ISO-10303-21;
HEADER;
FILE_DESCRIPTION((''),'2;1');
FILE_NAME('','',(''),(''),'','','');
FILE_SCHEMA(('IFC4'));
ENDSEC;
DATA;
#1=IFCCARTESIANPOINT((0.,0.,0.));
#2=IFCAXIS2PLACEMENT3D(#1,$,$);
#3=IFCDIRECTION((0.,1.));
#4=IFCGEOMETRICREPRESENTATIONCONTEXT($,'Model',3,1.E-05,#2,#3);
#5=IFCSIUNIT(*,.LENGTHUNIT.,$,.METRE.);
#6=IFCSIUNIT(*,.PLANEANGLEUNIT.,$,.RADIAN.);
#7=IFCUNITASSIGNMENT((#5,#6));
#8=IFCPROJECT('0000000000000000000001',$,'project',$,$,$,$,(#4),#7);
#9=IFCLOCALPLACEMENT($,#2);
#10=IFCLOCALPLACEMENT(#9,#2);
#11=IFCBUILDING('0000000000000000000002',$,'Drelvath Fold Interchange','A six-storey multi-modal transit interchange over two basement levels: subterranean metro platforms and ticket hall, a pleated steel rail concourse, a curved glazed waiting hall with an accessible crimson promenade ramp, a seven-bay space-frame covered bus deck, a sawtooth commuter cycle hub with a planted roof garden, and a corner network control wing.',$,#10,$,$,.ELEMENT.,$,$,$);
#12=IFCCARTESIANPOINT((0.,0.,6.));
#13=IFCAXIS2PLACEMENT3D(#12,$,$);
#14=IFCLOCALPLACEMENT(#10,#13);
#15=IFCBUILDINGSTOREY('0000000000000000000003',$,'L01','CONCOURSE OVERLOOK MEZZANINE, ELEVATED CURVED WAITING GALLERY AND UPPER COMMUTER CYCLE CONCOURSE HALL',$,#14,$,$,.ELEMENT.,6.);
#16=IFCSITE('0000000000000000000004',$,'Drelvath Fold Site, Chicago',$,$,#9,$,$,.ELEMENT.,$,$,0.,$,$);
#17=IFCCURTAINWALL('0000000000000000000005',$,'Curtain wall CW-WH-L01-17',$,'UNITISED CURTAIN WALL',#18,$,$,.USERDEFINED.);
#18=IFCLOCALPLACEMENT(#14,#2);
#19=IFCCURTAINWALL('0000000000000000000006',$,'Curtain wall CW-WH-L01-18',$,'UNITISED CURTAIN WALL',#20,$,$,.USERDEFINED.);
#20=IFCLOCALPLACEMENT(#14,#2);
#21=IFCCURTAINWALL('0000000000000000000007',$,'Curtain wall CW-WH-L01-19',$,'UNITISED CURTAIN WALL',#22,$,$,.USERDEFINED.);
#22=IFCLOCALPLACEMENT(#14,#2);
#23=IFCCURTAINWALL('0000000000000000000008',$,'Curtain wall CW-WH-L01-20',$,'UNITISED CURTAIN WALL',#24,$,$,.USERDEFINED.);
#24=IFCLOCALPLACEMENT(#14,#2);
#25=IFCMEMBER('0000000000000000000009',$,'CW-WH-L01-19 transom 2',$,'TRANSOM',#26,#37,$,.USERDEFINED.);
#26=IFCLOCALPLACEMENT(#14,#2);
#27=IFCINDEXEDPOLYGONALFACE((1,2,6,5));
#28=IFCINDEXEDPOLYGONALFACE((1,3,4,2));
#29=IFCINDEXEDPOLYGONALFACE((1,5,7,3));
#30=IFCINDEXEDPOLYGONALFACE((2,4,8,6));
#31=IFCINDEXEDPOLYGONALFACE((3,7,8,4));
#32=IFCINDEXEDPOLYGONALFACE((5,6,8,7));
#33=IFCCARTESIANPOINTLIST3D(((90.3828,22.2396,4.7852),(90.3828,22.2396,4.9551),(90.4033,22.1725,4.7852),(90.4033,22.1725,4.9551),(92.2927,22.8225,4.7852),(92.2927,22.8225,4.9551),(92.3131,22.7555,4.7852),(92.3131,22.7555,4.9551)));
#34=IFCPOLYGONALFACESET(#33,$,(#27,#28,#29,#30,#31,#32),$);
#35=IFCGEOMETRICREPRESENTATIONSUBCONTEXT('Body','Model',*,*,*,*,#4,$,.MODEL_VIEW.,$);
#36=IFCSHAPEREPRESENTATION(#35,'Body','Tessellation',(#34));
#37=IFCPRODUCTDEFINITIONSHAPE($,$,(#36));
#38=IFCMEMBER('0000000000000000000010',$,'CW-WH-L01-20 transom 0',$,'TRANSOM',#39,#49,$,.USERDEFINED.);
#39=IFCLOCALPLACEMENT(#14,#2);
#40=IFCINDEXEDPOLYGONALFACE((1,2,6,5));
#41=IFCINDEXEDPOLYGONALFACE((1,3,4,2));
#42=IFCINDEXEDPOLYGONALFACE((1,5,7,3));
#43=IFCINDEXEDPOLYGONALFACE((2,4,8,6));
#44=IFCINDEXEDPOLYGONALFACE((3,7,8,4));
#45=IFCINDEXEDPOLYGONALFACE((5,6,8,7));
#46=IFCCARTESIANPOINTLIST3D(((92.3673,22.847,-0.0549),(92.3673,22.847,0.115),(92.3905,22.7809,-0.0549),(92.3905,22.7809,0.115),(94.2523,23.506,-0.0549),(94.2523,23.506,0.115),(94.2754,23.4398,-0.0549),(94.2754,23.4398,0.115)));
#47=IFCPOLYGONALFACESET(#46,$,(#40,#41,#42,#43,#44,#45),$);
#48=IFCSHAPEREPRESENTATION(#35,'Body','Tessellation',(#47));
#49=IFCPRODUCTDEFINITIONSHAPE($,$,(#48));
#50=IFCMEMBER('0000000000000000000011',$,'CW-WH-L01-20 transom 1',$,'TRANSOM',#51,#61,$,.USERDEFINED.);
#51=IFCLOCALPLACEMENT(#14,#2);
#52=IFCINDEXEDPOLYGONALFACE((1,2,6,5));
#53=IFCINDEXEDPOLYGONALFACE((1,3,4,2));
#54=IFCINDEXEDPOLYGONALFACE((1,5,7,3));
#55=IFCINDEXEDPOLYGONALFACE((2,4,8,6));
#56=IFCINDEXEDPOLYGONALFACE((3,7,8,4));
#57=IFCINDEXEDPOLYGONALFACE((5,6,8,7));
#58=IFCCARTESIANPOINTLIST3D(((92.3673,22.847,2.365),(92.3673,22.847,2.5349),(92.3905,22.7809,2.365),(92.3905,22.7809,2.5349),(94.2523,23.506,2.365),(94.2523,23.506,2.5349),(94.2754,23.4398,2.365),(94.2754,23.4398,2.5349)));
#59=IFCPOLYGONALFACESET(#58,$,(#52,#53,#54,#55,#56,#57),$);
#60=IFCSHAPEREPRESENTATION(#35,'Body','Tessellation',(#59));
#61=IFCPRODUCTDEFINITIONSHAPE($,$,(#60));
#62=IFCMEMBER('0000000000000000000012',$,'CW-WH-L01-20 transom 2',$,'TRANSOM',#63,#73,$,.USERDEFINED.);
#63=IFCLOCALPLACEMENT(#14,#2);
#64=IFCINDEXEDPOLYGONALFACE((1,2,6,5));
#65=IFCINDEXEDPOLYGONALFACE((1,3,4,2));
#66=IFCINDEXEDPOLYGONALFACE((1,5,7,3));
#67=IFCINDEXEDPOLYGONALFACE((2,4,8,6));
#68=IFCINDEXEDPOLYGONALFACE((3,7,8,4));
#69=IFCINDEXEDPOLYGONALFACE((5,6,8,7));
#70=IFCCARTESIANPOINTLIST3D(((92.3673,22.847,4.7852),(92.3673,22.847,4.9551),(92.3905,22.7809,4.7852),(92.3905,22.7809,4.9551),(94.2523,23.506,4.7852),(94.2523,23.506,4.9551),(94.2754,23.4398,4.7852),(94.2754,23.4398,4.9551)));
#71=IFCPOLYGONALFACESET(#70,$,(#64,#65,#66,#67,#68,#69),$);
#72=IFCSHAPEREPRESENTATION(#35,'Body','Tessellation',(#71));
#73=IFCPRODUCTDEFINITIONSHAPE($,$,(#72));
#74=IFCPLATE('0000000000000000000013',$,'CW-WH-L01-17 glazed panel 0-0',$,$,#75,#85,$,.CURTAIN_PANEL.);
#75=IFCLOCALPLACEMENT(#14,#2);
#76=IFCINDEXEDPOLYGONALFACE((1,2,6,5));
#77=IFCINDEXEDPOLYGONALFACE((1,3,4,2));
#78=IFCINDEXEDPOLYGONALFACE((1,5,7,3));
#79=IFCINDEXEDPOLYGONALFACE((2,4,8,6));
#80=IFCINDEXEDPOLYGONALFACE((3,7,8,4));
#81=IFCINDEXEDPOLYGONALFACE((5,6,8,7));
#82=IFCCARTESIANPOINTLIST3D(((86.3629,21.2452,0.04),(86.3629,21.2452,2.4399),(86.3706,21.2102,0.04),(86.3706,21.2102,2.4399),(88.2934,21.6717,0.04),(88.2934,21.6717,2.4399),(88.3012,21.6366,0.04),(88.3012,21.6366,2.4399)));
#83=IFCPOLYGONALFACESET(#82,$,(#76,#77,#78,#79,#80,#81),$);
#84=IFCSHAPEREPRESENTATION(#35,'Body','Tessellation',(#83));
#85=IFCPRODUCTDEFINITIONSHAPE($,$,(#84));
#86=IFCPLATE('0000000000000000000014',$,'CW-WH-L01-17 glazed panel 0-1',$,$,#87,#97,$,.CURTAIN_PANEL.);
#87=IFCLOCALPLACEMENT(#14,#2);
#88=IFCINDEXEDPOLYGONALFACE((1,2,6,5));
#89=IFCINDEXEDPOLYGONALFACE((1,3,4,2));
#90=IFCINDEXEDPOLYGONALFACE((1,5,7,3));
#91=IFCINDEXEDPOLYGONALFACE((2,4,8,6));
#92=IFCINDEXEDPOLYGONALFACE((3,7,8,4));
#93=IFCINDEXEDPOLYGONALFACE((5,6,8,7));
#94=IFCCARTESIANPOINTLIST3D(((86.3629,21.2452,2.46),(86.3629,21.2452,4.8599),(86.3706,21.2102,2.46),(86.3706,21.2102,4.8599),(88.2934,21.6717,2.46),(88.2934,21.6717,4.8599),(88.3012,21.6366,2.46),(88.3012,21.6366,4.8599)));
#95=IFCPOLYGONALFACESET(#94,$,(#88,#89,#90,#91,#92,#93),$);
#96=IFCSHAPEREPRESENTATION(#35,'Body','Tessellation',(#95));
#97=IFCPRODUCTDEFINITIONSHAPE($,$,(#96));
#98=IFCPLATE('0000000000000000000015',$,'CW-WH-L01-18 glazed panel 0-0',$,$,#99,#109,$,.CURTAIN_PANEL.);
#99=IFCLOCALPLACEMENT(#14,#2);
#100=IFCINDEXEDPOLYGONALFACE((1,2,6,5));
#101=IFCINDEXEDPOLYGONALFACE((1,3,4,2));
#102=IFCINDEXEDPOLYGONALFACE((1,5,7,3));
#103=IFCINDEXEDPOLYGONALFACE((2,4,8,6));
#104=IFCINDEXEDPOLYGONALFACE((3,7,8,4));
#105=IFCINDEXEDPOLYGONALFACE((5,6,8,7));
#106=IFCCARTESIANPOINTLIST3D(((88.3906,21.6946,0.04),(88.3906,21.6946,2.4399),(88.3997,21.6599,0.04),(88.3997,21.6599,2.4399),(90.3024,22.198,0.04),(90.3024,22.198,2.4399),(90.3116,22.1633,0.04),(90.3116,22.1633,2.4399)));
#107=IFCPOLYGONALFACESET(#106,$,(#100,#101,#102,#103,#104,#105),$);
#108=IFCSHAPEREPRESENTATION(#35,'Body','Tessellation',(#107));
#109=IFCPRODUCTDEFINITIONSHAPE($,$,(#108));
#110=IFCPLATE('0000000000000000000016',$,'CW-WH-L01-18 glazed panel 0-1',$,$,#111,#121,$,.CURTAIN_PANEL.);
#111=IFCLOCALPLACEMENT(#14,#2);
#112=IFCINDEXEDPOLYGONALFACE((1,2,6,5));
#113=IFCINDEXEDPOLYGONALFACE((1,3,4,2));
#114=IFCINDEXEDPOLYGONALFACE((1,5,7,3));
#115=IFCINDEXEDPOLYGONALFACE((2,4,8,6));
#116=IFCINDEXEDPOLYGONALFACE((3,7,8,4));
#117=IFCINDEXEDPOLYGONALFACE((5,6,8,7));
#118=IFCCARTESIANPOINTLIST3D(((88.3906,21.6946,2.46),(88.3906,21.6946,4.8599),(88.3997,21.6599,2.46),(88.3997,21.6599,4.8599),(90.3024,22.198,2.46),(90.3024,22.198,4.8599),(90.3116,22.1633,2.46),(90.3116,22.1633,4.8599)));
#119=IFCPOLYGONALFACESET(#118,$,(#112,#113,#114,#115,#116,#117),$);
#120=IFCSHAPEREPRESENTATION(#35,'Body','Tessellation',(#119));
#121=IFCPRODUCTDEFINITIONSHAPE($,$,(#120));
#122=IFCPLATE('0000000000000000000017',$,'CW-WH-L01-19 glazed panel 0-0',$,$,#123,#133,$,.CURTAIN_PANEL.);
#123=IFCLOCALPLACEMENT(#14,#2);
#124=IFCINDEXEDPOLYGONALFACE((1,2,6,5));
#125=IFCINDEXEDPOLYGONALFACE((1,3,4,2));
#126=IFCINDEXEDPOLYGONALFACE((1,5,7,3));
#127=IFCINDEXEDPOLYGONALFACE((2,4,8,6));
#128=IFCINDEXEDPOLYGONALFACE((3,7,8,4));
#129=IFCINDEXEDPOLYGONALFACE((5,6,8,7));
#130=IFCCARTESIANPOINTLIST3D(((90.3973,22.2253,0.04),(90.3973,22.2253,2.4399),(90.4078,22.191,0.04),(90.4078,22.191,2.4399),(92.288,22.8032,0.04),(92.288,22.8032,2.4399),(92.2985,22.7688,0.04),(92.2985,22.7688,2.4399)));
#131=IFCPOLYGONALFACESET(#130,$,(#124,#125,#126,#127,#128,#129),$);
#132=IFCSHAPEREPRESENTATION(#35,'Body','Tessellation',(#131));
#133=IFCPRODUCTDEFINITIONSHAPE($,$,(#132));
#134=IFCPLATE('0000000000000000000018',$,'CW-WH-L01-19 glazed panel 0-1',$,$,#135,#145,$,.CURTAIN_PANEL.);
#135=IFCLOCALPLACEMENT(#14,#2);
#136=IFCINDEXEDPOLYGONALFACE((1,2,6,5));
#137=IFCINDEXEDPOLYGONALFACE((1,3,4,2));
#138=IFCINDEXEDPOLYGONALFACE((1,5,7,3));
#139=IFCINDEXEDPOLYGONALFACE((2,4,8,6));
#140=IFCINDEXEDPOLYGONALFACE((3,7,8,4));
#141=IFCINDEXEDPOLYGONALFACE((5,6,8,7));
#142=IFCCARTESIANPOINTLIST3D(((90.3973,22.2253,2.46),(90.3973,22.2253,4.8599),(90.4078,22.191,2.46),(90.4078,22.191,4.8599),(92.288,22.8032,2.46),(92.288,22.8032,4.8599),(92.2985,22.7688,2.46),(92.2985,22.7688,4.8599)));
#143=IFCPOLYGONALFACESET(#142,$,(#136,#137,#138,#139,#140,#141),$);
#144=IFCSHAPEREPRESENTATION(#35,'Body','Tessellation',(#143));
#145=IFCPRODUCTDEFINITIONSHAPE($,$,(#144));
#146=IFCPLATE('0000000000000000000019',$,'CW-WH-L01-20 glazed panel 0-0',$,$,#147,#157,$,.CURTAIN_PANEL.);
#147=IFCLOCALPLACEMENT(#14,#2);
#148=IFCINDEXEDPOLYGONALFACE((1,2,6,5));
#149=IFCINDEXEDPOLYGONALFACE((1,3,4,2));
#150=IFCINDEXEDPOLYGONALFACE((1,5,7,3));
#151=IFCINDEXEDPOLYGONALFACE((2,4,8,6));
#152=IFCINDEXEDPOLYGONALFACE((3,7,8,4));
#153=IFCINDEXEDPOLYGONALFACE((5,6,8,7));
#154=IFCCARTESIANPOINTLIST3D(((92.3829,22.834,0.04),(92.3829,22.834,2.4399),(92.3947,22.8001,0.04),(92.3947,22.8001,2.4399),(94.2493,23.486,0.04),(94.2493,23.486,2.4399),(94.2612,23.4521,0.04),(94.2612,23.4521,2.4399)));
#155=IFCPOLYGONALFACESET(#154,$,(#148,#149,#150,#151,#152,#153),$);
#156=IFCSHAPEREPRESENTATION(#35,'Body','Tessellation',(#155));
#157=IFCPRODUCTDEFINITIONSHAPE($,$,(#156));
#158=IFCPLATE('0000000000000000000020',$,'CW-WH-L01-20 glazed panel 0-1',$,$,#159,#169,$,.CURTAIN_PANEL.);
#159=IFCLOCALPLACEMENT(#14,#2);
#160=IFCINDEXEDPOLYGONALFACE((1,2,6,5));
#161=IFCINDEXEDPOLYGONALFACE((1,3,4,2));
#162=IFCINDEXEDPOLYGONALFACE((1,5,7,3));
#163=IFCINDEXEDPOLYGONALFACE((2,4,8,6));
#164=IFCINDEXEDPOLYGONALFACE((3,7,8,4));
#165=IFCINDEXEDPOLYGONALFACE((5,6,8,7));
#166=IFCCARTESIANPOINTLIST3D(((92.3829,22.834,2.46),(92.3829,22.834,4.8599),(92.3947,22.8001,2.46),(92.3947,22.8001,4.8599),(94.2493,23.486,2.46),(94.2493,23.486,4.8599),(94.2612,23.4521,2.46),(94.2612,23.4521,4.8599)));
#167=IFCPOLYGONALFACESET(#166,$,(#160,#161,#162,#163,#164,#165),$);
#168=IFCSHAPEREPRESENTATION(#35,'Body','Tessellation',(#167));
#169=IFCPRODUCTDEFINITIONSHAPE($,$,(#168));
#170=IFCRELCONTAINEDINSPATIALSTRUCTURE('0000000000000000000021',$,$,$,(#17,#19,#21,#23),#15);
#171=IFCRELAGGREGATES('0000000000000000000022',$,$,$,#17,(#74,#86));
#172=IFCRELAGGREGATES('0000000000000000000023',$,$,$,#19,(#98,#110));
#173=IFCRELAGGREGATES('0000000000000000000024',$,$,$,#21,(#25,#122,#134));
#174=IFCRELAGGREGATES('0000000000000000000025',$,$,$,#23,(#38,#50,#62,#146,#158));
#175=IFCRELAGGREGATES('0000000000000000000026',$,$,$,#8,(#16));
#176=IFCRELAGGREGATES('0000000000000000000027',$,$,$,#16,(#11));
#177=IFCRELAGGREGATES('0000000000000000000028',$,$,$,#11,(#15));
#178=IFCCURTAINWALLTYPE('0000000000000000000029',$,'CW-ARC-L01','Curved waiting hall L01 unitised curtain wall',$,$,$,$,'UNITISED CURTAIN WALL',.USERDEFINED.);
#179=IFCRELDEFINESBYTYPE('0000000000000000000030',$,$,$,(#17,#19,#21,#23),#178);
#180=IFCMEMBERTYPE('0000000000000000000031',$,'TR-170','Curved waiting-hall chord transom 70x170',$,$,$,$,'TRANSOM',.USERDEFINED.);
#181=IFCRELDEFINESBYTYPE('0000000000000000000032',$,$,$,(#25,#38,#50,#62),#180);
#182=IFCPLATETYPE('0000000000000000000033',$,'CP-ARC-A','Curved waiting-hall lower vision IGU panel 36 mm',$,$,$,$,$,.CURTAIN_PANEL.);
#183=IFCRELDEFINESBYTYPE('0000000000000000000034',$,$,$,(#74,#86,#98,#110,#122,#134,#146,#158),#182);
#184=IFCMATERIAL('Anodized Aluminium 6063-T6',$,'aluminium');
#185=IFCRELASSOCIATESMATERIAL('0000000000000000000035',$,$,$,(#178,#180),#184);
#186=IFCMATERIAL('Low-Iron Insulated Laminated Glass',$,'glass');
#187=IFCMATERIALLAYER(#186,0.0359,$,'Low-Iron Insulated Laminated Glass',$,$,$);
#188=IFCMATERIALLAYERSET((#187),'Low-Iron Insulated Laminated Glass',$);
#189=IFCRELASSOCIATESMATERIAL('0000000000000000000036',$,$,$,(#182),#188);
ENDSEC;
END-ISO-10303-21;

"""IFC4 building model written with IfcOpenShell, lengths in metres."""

from ifc_helpers import new_model, si_unit, direction, frame, origin, origin_2d, place, context, subcontext, project, spatial, rectangle, extrude, material, layer, layer_set, material_profile, profile_set, type_object, element, aggregate, save


model = new_model("IFC4")

# Units and contexts
model_context = context("Model", 3, precision=1e-05, world=origin(), true_north=direction((0.0, 1.0)))
body_context = subcontext(model_context, "Body", "Model", "MODEL_VIEW")
ifc_project = project(units=[si_unit("LENGTHUNIT", "METRE"), si_unit("PLANEANGLEUNIT", "RADIAN")], contexts=[model_context])

# Site, building, storey
site_placement = place(None, origin())
site = spatial("IfcSite", under=ifc_project, at=site_placement, Name="Drelvath Fold Site, Chicago", CompositionType="ELEMENT", RefElevation=0.0)
building_placement = place(site_placement, origin())
building = spatial("IfcBuilding", under=site, at=building_placement, Name="Drelvath Fold Interchange", Description="A six-storey multi-modal transit interchange over two basement levels: subterranean metro platforms and ticket hall, a pleated steel rail concourse, a curved glazed waiting hall with an accessible crimson promenade ramp, a seven-bay space-frame covered bus deck, a sawtooth commuter cycle hub with a planted roof garden, and a corner network control wing.", CompositionType="ELEMENT")
storey_placement = place(building_placement, frame((0.0, 0.0, 6.0)))
storey = spatial("IfcBuildingStorey", under=building, at=storey_placement, Name="L01", Description="CONCOURSE OVERLOOK MEZZANINE, ELEVATED CURVED WAITING GALLERY AND UPPER COMMUTER CYCLE CONCOURSE HALL", CompositionType="ELEMENT", Elevation=6.0)

# Curtain wall
ifc_material_1 = material(Name="Anodized Aluminium 6063-T6", Category="aluminium")
curtain_wall_type = type_object("IfcCurtainWallType", Name="CW-ARC-L01", Description="Curved waiting hall L01 unitised curtain wall", ElementType="UNITISED CURTAIN WALL", PredefinedType="USERDEFINED", material=ifc_material_1)
curtain_wall_1_placement = place(storey_placement, origin())
curtain_wall_1 = element("IfcCurtainWall", 1, at=curtain_wall_1_placement, inside=storey, type_object=curtain_wall_type, Name="Curtain wall CW-WH-L01-17", ObjectType="UNITISED CURTAIN WALL", PredefinedType="USERDEFINED")

# Curtain walls
curtain_wall_2_placement = place(storey_placement, origin())
curtain_wall_2 = element("IfcCurtainWall", 2, at=curtain_wall_2_placement, inside=storey, type_object=curtain_wall_type, Name="Curtain wall CW-WH-L01-18", ObjectType="UNITISED CURTAIN WALL", PredefinedType="USERDEFINED")
curtain_wall_3_placement = place(storey_placement, origin())
curtain_wall_3 = element("IfcCurtainWall", 3, at=curtain_wall_3_placement, inside=storey, type_object=curtain_wall_type, Name="Curtain wall CW-WH-L01-19", ObjectType="UNITISED CURTAIN WALL", PredefinedType="USERDEFINED")
curtain_wall_4_placement = place(storey_placement, origin())
curtain_wall_4 = element("IfcCurtainWall", 4, at=curtain_wall_4_placement, inside=storey, type_object=curtain_wall_type, Name="Curtain wall CW-WH-L01-20", ObjectType="UNITISED CURTAIN WALL", PredefinedType="USERDEFINED")

# Members
ifc_material_profile_1 = material_profile(ifc_material_1, rectangle(XDim=0.0701, YDim=0.1699, at=origin_2d()), Name="AL-T 70x170")
ifc_profile_set_1 = profile_set([ifc_material_profile_1], Name="Anodized Aluminium 6063-T6")
member_type_1 = type_object("IfcMemberType", Name="TR-170", Description="Curved waiting-hall chord transom 70x170", ElementType="TRANSOM", PredefinedType="USERDEFINED", material=ifc_profile_set_1)
member_1_placement = place(storey_placement, frame((90.3931, 22.2061, 4.8701), z_axis=(0.956432, 0.291955, 0.0), x_axis=(-0.291955, 0.956432, 0.0)))
member_1 = element("IfcMember", 5, at=member_1_placement, type_object=member_type_1, Name="CW-WH-L01-19 transom 2", ObjectType="TRANSOM", PredefinedType="USERDEFINED", context=body_context, shape_type="SweptSolid", body=[
    extrude(rectangle(XDim=0.0701, YDim=0.1699, at=origin_2d()), origin(), (0.0, 0.0, 1.0), 1.9968),
])
member_2_placement = place(storey_placement, frame((92.3789, 22.814, 0.03), z_axis=(0.943986, 0.329986, 0.0), x_axis=(-0.329986, 0.943986, 0.0)))
member_2 = element("IfcMember", 6, at=member_2_placement, type_object=member_type_1, Name="CW-WH-L01-20 transom 0", ObjectType="TRANSOM", PredefinedType="USERDEFINED", context=body_context, shape_type="SweptSolid", body=[
    extrude(rectangle(XDim=0.0701, YDim=0.1699, at=origin_2d()), origin(), (0.0, 0.0, 1.0), 1.9968),
])
member_3_placement = place(storey_placement, frame((92.3789, 22.814, 2.45), z_axis=(0.943986, 0.329986, 0.0), x_axis=(-0.329986, 0.943986, 0.0)))
member_3 = element("IfcMember", 7, at=member_3_placement, type_object=member_type_1, Name="CW-WH-L01-20 transom 1", ObjectType="TRANSOM", PredefinedType="USERDEFINED", context=body_context, shape_type="SweptSolid", body=[
    extrude(rectangle(XDim=0.0701, YDim=0.1699, at=origin_2d()), origin(), (0.0, 0.0, 1.0), 1.9968),
])
member_4_placement = place(storey_placement, frame((92.3789, 22.814, 4.8701), z_axis=(0.943986, 0.329986, 0.0), x_axis=(-0.329986, 0.943986, 0.0)))
member_4 = element("IfcMember", 8, at=member_4_placement, type_object=member_type_1, Name="CW-WH-L01-20 transom 2", ObjectType="TRANSOM", PredefinedType="USERDEFINED", context=body_context, shape_type="SweptSolid", body=[
    extrude(rectangle(XDim=0.0701, YDim=0.1699, at=origin_2d()), origin(), (0.0, 0.0, 1.0), 1.9968),
])

# Plates
ifc_material_2 = material(Name="Low-Iron Insulated Laminated Glass", Category="glass")
ifc_layer = layer(ifc_material_2, 0.0359, Name="Low-Iron Insulated Laminated Glass")
ifc_layer_set = layer_set([ifc_layer], Name="Low-Iron Insulated Laminated Glass")
plate_type = type_object("IfcPlateType", Name="CP-ARC-A", Description="Curved waiting-hall lower vision IGU panel 36 mm", PredefinedType="CURTAIN_PANEL", material=ifc_layer_set)
plate_1_placement = place(storey_placement, frame((87.332, 21.4409, 0.04), z_axis=(0.0, 0.0, 1.0), x_axis=(0.976458, 0.215707, 0.0)))
plate_1 = element("IfcPlate", 9, at=plate_1_placement, type_object=plate_type, Name="CW-WH-L01-17 glazed panel 0-0", PredefinedType="CURTAIN_PANEL", context=body_context, shape_type="SweptSolid", body=[
    extrude(rectangle(XDim=1.9771, YDim=0.0359, at=origin_2d()), origin(), (0.0, 0.0, 1.0), 2.3999),
])
plate_2_placement = place(storey_placement, frame((87.332, 21.4409, 2.46), z_axis=(0.0, 0.0, 1.0), x_axis=(0.976458, 0.215707, 0.0)))
plate_2 = element("IfcPlate", 10, at=plate_2_placement, type_object=plate_type, Name="CW-WH-L01-17 glazed panel 0-1", PredefinedType="CURTAIN_PANEL", context=body_context, shape_type="SweptSolid", body=[
    extrude(rectangle(XDim=1.9771, YDim=0.0359, at=origin_2d()), origin(), (0.0, 0.0, 1.0), 2.3999),
])
aggregate(curtain_wall_1, [plate_1, plate_2])
plate_3_placement = place(storey_placement, frame((89.3511, 21.929, 0.04), z_axis=(0.0, 0.0, 1.0), x_axis=(0.967037, 0.254636, 0.0)))
plate_3 = element("IfcPlate", 11, at=plate_3_placement, type_object=plate_type, Name="CW-WH-L01-18 glazed panel 0-0", PredefinedType="CURTAIN_PANEL", context=body_context, shape_type="SweptSolid", body=[
    extrude(rectangle(XDim=1.9771, YDim=0.0359, at=origin_2d()), origin(), (0.0, 0.0, 1.0), 2.3999),
])
plate_4_placement = place(storey_placement, frame((89.3511, 21.929, 2.46), z_axis=(0.0, 0.0, 1.0), x_axis=(0.967037, 0.254636, 0.0)))
plate_4 = element("IfcPlate", 12, at=plate_4_placement, type_object=plate_type, Name="CW-WH-L01-18 glazed panel 0-1", PredefinedType="CURTAIN_PANEL", context=body_context, shape_type="SweptSolid", body=[
    extrude(rectangle(XDim=1.9771, YDim=0.0359, at=origin_2d()), origin(), (0.0, 0.0, 1.0), 2.3999),
])
aggregate(curtain_wall_2, [plate_3, plate_4])
plate_5_placement = place(storey_placement, frame((91.3479, 22.4971, 0.04), z_axis=(0.0, 0.0, 1.0), x_axis=(0.95633, 0.292288, 0.0)))
plate_5 = element("IfcPlate", 13, at=plate_5_placement, type_object=plate_type, Name="CW-WH-L01-19 glazed panel 0-0", PredefinedType="CURTAIN_PANEL", context=body_context, shape_type="SweptSolid", body=[
    extrude(rectangle(XDim=1.9771, YDim=0.0359, at=origin_2d()), origin(), (0.0, 0.0, 1.0), 2.3999),
])
plate_6_placement = place(storey_placement, frame((91.3479, 22.4971, 2.46), z_axis=(0.0, 0.0, 1.0), x_axis=(0.95633, 0.292288, 0.0)))
plate_6 = element("IfcPlate", 14, at=plate_6_placement, type_object=plate_type, Name="CW-WH-L01-19 glazed panel 0-1", PredefinedType="CURTAIN_PANEL", context=body_context, shape_type="SweptSolid", body=[
    extrude(rectangle(XDim=1.9771, YDim=0.0359, at=origin_2d()), origin(), (0.0, 0.0, 1.0), 2.3999),
])
aggregate(curtain_wall_3, [member_1, plate_5, plate_6])
plate_7_placement = place(storey_placement, frame((93.322, 23.1431, 0.04), z_axis=(0.0, 0.0, 1.0), x_axis=(0.94406, 0.329773, 0.0)))
plate_7 = element("IfcPlate", 15, at=plate_7_placement, type_object=plate_type, Name="CW-WH-L01-20 glazed panel 0-0", PredefinedType="CURTAIN_PANEL", context=body_context, shape_type="SweptSolid", body=[
    extrude(rectangle(XDim=1.9771, YDim=0.0359, at=origin_2d()), origin(), (0.0, 0.0, 1.0), 2.3999),
])
plate_8_placement = place(storey_placement, frame((93.322, 23.1431, 2.46), z_axis=(0.0, 0.0, 1.0), x_axis=(0.94406, 0.329773, 0.0)))
plate_8 = element("IfcPlate", 16, at=plate_8_placement, type_object=plate_type, Name="CW-WH-L01-20 glazed panel 0-1", PredefinedType="CURTAIN_PANEL", context=body_context, shape_type="SweptSolid", body=[
    extrude(rectangle(XDim=1.9771, YDim=0.0359, at=origin_2d()), origin(), (0.0, 0.0, 1.0), 2.3999),
])
aggregate(curtain_wall_4, [member_2, member_3, member_4, plate_7, plate_8])

save(model, "model.ifc")
